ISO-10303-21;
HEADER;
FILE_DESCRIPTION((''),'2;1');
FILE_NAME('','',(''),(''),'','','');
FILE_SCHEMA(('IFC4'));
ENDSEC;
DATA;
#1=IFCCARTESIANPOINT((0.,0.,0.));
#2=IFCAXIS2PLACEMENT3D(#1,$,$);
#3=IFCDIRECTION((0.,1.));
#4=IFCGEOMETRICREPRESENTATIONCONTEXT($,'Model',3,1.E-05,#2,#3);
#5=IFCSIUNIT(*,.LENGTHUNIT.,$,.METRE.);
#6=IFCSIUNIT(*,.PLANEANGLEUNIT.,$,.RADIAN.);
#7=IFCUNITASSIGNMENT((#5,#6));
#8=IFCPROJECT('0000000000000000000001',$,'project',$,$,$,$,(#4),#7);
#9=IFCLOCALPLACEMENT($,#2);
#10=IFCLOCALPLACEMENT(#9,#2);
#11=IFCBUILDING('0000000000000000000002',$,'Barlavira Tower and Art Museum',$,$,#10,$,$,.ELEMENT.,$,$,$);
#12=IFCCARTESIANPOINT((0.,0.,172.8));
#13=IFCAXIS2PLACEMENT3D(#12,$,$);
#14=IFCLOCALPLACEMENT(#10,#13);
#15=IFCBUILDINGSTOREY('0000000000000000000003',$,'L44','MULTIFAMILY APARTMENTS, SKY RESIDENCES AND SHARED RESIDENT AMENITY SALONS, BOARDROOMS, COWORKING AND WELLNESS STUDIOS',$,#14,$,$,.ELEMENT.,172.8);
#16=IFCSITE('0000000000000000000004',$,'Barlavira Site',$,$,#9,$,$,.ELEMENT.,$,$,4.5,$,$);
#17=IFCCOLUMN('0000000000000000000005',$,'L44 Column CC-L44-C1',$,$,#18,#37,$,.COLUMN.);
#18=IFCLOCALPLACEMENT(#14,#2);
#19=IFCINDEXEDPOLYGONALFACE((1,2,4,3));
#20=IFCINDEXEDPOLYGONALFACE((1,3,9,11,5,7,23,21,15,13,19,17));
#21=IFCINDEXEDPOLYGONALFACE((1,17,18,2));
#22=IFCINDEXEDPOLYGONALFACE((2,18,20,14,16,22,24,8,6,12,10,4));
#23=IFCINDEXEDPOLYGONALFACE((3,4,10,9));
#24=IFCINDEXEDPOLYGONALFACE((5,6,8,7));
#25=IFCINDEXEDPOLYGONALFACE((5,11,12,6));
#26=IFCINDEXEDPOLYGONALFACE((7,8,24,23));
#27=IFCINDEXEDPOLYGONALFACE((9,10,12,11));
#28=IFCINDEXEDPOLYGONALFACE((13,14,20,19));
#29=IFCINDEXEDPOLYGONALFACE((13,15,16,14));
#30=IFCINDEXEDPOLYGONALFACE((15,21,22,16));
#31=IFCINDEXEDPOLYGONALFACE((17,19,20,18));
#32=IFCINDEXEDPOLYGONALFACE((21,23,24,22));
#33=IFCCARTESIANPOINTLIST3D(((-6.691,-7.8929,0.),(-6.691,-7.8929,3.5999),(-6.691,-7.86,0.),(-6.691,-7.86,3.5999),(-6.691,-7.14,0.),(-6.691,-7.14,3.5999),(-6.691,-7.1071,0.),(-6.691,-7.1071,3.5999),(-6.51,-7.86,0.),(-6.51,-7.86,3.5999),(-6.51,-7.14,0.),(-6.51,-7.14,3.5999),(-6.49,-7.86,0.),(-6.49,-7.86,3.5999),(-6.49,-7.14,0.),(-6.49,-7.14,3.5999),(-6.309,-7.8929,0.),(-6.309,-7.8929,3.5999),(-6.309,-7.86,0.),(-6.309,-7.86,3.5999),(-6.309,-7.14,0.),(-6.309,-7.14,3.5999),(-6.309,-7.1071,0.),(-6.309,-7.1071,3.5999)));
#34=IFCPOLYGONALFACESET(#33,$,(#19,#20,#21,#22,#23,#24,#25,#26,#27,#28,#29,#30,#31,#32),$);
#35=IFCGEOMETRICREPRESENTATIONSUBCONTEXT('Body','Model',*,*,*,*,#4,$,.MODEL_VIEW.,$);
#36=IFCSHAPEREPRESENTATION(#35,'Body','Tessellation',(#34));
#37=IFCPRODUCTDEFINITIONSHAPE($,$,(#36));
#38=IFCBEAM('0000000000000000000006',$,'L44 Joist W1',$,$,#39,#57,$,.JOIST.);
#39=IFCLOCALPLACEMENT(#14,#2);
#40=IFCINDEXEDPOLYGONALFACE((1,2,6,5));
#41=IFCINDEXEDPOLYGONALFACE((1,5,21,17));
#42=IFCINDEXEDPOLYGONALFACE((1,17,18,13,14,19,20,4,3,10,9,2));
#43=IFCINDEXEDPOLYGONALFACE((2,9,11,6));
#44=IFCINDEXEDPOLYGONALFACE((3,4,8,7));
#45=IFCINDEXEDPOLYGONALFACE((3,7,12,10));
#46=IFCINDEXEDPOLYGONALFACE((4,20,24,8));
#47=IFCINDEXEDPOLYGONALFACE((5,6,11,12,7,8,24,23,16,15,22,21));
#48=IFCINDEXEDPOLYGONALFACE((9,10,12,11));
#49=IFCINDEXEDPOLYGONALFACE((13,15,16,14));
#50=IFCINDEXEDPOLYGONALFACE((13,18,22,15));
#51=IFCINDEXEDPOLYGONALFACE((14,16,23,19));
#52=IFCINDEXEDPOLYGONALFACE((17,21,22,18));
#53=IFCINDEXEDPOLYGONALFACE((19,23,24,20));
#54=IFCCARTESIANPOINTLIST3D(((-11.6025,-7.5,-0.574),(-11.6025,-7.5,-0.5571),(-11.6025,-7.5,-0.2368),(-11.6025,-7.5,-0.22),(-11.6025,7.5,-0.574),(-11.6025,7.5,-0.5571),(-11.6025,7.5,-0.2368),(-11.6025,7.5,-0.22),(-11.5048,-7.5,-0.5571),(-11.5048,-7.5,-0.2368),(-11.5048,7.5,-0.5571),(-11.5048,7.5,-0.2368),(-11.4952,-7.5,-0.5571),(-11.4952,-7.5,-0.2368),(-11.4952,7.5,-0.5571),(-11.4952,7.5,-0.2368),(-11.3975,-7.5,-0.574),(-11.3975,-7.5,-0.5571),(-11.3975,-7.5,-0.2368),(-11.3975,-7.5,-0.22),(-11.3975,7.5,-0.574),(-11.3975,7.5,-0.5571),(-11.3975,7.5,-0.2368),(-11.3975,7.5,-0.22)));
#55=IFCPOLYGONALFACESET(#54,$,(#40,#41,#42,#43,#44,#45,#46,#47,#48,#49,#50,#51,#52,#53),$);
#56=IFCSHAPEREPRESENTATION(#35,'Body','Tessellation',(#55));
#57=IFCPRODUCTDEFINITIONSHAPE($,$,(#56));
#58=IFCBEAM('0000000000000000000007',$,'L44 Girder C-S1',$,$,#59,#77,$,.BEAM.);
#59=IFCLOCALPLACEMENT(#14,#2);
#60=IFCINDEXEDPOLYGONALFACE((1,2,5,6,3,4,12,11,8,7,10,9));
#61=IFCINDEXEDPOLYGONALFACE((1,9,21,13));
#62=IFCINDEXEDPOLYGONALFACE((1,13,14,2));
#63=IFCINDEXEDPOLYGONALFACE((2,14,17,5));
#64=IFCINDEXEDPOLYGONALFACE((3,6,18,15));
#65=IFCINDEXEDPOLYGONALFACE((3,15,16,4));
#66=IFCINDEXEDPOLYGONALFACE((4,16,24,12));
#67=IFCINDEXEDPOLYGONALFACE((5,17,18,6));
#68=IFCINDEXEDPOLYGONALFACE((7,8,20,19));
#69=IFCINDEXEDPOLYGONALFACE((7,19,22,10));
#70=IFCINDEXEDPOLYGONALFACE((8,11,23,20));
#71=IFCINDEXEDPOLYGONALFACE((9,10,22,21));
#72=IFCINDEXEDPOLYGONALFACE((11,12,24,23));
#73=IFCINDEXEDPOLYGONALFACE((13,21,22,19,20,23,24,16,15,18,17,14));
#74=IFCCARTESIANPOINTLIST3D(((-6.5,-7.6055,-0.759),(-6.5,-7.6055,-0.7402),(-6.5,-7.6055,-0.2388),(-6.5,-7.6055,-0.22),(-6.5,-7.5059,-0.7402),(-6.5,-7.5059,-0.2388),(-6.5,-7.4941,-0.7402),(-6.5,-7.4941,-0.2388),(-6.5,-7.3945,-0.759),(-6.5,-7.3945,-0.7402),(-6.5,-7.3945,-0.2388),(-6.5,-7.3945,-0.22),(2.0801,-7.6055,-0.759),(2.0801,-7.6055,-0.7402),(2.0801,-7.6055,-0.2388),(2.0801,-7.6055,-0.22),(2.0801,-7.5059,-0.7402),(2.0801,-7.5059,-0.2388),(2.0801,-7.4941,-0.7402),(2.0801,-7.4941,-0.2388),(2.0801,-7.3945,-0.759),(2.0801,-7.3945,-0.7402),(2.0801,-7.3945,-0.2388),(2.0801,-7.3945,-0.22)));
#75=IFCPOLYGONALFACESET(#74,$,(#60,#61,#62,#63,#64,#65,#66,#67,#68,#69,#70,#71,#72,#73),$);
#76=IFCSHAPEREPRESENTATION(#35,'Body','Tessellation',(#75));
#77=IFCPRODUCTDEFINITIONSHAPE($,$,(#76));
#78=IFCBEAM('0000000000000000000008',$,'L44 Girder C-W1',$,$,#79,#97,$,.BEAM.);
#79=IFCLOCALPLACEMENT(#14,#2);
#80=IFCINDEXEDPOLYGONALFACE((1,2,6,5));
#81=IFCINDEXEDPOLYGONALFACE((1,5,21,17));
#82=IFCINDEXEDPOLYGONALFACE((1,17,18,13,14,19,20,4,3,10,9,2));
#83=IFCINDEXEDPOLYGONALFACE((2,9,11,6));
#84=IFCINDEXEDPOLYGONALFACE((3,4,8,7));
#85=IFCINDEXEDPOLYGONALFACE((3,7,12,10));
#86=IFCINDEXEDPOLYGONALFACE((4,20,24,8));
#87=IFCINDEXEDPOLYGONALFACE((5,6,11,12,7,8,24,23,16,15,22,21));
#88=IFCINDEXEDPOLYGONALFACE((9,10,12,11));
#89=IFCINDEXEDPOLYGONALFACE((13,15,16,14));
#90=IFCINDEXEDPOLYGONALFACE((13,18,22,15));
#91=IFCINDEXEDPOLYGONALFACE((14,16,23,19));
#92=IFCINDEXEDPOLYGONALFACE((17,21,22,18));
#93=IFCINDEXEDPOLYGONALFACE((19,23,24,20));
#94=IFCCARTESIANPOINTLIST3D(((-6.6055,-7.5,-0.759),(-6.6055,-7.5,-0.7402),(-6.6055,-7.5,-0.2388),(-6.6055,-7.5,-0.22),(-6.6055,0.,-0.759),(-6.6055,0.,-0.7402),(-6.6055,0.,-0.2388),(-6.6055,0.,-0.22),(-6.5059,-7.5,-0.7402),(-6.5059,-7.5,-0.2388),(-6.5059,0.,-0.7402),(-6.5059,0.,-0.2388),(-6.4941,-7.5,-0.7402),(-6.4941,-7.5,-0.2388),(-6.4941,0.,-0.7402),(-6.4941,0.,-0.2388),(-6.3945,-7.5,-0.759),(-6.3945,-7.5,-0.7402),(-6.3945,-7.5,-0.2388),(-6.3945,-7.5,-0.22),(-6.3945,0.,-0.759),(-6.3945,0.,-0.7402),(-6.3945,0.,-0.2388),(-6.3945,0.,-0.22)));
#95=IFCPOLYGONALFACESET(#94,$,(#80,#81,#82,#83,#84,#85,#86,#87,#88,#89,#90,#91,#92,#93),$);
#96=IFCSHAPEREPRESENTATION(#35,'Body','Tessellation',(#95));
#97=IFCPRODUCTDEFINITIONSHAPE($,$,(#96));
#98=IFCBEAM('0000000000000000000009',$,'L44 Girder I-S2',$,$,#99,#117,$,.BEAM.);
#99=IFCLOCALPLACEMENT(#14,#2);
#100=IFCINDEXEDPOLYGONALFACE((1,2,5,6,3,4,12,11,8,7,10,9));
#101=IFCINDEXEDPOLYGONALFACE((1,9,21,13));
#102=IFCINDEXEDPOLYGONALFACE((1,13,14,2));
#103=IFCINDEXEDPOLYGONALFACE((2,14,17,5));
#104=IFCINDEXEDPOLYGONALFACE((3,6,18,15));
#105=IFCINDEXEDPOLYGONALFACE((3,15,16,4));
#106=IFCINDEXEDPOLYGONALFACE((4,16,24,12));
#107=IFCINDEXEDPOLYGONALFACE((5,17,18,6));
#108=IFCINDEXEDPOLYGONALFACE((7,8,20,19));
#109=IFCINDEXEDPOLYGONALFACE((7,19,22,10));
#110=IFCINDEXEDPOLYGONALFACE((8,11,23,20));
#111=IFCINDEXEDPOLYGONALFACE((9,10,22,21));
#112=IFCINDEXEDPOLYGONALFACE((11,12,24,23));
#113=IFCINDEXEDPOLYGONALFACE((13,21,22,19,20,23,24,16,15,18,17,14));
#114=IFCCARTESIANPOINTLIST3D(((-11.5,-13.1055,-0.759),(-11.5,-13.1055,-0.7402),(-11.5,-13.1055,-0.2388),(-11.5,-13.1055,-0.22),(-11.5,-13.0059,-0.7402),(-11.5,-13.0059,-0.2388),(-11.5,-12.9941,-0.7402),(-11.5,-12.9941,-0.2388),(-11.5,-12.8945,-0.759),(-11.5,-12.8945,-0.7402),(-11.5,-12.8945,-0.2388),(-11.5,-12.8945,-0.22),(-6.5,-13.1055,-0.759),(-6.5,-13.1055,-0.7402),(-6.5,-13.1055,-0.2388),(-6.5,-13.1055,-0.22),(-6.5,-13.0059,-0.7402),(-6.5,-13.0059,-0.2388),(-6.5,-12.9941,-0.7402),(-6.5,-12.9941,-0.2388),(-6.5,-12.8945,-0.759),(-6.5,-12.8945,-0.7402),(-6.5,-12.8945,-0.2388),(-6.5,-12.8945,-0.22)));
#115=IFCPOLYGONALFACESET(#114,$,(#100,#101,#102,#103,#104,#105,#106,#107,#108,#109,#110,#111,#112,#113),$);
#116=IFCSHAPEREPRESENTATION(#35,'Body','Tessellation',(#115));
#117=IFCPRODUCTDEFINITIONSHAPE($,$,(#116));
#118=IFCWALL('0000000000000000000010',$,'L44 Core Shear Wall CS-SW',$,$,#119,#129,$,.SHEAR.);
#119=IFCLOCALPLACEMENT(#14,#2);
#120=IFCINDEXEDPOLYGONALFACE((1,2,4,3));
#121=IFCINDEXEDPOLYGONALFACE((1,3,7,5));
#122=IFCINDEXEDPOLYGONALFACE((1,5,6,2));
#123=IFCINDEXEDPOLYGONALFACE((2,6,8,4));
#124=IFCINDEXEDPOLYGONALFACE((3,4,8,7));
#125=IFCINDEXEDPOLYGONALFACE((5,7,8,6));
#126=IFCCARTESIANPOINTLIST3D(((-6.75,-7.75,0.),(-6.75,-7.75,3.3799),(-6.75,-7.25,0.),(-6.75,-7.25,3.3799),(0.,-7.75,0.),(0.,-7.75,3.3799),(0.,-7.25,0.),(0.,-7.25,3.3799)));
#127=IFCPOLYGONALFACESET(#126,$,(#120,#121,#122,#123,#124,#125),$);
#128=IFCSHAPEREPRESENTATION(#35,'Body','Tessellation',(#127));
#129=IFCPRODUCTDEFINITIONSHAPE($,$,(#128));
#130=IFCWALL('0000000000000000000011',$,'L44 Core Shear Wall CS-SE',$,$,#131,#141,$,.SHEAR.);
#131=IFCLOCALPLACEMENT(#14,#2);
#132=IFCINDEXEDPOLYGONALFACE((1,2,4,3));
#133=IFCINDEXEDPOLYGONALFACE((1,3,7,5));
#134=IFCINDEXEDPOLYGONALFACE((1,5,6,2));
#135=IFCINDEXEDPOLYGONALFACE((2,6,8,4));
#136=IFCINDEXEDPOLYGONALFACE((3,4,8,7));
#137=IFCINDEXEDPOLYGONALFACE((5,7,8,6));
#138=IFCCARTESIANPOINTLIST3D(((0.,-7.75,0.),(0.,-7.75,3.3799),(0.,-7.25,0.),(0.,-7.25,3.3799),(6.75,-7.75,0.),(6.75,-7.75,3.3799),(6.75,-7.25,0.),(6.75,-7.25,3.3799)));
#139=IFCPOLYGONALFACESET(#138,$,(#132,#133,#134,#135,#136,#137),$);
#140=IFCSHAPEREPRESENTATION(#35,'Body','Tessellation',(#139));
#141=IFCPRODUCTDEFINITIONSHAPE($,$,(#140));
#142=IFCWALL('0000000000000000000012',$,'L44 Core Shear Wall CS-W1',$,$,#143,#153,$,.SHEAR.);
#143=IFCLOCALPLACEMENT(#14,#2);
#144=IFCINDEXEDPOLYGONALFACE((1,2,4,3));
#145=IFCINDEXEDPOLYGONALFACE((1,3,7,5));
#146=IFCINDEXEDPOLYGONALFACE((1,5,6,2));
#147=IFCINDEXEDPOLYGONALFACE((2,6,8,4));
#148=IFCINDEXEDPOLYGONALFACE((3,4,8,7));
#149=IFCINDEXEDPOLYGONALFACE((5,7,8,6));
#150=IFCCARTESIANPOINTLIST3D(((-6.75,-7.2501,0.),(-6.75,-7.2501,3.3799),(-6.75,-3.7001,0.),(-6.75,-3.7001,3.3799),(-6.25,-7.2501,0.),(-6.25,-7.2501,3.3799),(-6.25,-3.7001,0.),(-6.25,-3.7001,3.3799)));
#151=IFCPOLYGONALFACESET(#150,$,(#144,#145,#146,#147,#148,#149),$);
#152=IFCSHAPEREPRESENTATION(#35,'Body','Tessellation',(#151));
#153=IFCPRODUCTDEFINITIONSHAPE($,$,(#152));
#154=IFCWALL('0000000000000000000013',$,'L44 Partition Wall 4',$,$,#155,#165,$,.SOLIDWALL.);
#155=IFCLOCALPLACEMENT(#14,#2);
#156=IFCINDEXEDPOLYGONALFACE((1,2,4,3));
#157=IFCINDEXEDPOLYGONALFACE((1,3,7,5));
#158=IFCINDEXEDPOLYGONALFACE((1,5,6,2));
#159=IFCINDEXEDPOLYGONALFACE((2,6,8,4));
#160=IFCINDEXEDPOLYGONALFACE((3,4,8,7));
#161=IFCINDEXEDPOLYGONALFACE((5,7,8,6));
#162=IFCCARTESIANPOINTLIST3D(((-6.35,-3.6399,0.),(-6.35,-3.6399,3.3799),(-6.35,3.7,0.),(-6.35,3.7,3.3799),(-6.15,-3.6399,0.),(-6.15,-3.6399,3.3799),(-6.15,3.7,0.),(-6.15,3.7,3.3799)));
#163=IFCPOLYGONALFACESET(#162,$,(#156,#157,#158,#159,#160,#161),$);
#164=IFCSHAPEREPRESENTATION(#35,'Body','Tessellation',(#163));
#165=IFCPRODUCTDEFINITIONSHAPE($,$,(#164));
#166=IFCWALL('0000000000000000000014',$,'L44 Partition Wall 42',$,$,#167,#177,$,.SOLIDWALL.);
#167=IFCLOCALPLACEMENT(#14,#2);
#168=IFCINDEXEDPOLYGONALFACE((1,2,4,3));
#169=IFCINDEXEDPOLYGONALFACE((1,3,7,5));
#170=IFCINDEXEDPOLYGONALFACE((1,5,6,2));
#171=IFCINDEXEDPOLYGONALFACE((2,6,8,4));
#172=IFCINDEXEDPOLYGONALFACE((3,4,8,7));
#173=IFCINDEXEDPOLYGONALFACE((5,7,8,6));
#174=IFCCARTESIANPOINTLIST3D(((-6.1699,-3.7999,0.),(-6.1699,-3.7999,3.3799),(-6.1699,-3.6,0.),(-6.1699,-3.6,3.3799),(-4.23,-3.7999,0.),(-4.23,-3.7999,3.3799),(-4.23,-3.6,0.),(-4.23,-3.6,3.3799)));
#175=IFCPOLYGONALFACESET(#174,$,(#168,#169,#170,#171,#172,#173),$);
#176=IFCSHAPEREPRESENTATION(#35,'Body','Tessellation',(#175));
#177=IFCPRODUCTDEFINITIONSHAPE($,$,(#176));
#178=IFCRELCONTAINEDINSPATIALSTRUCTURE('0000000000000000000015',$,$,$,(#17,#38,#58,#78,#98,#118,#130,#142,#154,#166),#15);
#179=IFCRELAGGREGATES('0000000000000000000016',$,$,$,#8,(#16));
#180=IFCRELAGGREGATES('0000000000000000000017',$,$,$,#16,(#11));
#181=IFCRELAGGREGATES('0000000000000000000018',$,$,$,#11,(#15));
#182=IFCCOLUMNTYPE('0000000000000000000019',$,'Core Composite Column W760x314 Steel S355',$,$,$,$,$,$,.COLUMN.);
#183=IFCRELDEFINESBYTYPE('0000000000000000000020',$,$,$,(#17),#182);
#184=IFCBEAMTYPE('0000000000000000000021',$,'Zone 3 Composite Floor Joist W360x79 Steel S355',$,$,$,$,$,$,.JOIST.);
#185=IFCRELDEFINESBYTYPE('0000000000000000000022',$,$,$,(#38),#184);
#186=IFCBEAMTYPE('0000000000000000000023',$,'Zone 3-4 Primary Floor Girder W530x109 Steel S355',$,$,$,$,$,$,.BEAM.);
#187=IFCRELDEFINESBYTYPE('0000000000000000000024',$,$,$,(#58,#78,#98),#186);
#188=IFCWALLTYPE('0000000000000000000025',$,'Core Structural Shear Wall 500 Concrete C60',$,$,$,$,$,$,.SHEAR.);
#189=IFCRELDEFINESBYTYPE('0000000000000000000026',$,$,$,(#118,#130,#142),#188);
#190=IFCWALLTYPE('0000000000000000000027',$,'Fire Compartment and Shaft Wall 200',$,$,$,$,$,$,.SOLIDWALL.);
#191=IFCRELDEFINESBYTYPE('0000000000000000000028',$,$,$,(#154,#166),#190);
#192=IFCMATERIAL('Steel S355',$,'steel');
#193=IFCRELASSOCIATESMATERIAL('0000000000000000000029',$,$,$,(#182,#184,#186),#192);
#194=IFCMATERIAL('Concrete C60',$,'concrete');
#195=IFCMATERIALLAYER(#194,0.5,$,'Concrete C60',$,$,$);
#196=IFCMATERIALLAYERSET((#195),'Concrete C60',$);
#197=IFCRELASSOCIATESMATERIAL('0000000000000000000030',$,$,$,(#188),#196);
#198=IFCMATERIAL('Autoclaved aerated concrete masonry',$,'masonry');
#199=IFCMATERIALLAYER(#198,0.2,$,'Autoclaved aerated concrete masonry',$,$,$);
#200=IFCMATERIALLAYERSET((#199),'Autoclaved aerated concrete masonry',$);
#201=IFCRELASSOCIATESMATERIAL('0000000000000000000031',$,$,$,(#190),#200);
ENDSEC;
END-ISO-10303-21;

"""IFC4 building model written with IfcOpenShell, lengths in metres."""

from ifc_helpers import new_model, si_unit, direction, frame, frame_2d, origin, origin_2d, place, context, subcontext, project, spatial, rectangle, i_section, extrude, material, layer, layer_set, material_profile, profile_set, type_object, element, save


model = new_model("IFC4")

# Units and contexts
model_context = context("Model", 3, precision=1e-05, world=origin(), true_north=direction((0.0, 1.0)))
body_context = subcontext(model_context, "Body", "Model", "MODEL_VIEW")
ifc_project = project(units=[si_unit("LENGTHUNIT", "METRE"), si_unit("PLANEANGLEUNIT", "RADIAN")], contexts=[model_context])

# Site, building, storey
site_placement = place(None, origin())
site = spatial("IfcSite", under=ifc_project, at=site_placement, Name="Barlavira Site", CompositionType="ELEMENT", RefElevation=4.5)
building_placement = place(site_placement, origin())
building = spatial("IfcBuilding", under=site, at=building_placement, Name="Barlavira Tower and Art Museum", CompositionType="ELEMENT")
storey_placement = place(building_placement, frame((0.0, 0.0, 172.8)))
storey = spatial("IfcBuildingStorey", under=building, at=storey_placement, Name="L44", Description="MULTIFAMILY APARTMENTS, SKY RESIDENCES AND SHARED RESIDENT AMENITY SALONS, BOARDROOMS, COWORKING AND WELLNESS STUDIOS", CompositionType="ELEMENT", Elevation=172.8)

# Column
ifc_material_1 = material(Name="Steel S355", Category="steel")
ifc_material_profile_1 = material_profile(ifc_material_1, i_section(OverallWidth=0.3821, OverallDepth=0.7859, WebThickness=0.02, FlangeThickness=0.033, at=origin_2d()), Name="W760x314.0")
ifc_profile_set_1 = profile_set([ifc_material_profile_1], Name="Steel S355")
column_type = type_object("IfcColumnType", Name="Core Composite Column W760x314 Steel S355", PredefinedType="COLUMN", material=ifc_profile_set_1)
column_placement = place(storey_placement, frame((-6.5, -7.5, 0.0), z_axis=(0.0, 0.0, 1.0), x_axis=(1.0, 0.0, 0.0)))
element("IfcColumn", 1, at=column_placement, inside=storey, type_object=column_type, Name="L44 Column CC-L44-C1", PredefinedType="COLUMN", context=body_context, shape_type="SweptSolid", body=[
    extrude(i_section(OverallWidth=0.3821, OverallDepth=0.7859, WebThickness=0.02, FlangeThickness=0.033, at=origin_2d()), origin(), (0.0, 0.0, 1.0), 3.5999),
])

# Beams
ifc_material_profile_2 = material_profile(ifc_material_1, i_section(OverallWidth=0.2051, OverallDepth=0.354, WebThickness=0.0095, FlangeThickness=0.0168, at=origin_2d()), Name="W360x79.0")
ifc_profile_set_2 = profile_set([ifc_material_profile_2], Name="Steel S355")
beam_type_1 = type_object("IfcBeamType", Name="Zone 3 Composite Floor Joist W360x79 Steel S355", PredefinedType="JOIST", material=ifc_profile_set_2)
beam_1_placement = place(storey_placement, frame((-11.5, -7.5, -0.397), z_axis=(0.0, 1.0, 0.0), x_axis=(-1.0, 0.0, 0.0)))
element("IfcBeam", 2, at=beam_1_placement, inside=storey, type_object=beam_type_1, Name="L44 Joist W1", PredefinedType="JOIST", context=body_context, shape_type="SweptSolid", body=[
    extrude(i_section(OverallWidth=0.2051, OverallDepth=0.354, WebThickness=0.0095, FlangeThickness=0.0168, at=origin_2d()), origin(), (0.0, 0.0, 1.0), 15.0),
])
ifc_material_profile_3 = material_profile(ifc_material_1, i_section(OverallWidth=0.2109, OverallDepth=0.5391, WebThickness=0.0117, FlangeThickness=0.0188, at=origin_2d()), Name="W530x109.0")
ifc_profile_set_3 = profile_set([ifc_material_profile_3], Name="Steel S355")
beam_type_2 = type_object("IfcBeamType", Name="Zone 3-4 Primary Floor Girder W530x109 Steel S355", PredefinedType="BEAM", material=ifc_profile_set_3)
beam_2_placement = place(storey_placement, frame((-6.5, -7.5, -0.4895), z_axis=(1.0, 0.0, 0.0), x_axis=(0.0, 1.0, 0.0)))
element("IfcBeam", 3, at=beam_2_placement, inside=storey, type_object=beam_type_2, Name="L44 Girder C-S1", PredefinedType="BEAM", context=body_context, shape_type="SweptSolid", body=[
    extrude(i_section(OverallWidth=0.2109, OverallDepth=0.5391, WebThickness=0.0117, FlangeThickness=0.0188, at=origin_2d()), origin(), (0.0, 0.0, 1.0), 8.5801),
])
beam_3_placement = place(storey_placement, frame((-6.5, -7.5, -0.4895), z_axis=(0.0, 1.0, 0.0), x_axis=(-1.0, 0.0, 0.0)))
element("IfcBeam", 4, at=beam_3_placement, inside=storey, type_object=beam_type_2, Name="L44 Girder C-W1", PredefinedType="BEAM", context=body_context, shape_type="SweptSolid", body=[
    extrude(i_section(OverallWidth=0.2109, OverallDepth=0.5391, WebThickness=0.0117, FlangeThickness=0.0188, at=origin_2d()), origin(), (0.0, 0.0, 1.0), 7.5),
])
beam_4_placement = place(storey_placement, frame((-11.5, -13.0, -0.4895), z_axis=(1.0, 0.0, 0.0), x_axis=(0.0, 1.0, 0.0)))
element("IfcBeam", 5, at=beam_4_placement, inside=storey, type_object=beam_type_2, Name="L44 Girder I-S2", PredefinedType="BEAM", context=body_context, shape_type="SweptSolid", body=[
    extrude(i_section(OverallWidth=0.2109, OverallDepth=0.5391, WebThickness=0.0117, FlangeThickness=0.0188, at=origin_2d()), origin(), (0.0, 0.0, 1.0), 5.0),
])

# Walls
ifc_material_2 = material(Name="Concrete C60", Category="concrete")
ifc_layer_1 = layer(ifc_material_2, 0.5, Name="Concrete C60")
ifc_layer_set_1 = layer_set([ifc_layer_1], Name="Concrete C60")
wall_type_1 = type_object("IfcWallType", Name="Core Structural Shear Wall 500 Concrete C60", PredefinedType="SHEAR", material=ifc_layer_set_1)
for number, where, z_axis, x_axis, name in (
    (6, (-6.75, -7.5, 0.0), (0.0, 0.0, 1.0), (1.0, 0.0, 0.0), "L44 Core Shear Wall CS-SW"),
    (7, (0.0, -7.5, 0.0), (0.0, 0.0, 1.0), (1.0, 0.0, 0.0), "L44 Core Shear Wall CS-SE"),
):
    element("IfcWall", number, at=place(storey_placement, frame(where, z_axis=z_axis, x_axis=x_axis)), inside=storey, type_object=wall_type_1, Name=name, PredefinedType="SHEAR", context=body_context, shape_type="SweptSolid", body=[
        extrude(rectangle(XDim=6.75, YDim=0.5, at=frame_2d((3.375, 0.0))), origin(), (0.0, 0.0, 1.0), 3.3799),
    ])
wall_1_placement = place(storey_placement, frame((-6.5, -7.25, 0.0), z_axis=(0.0, 0.0, 1.0), x_axis=(0.0, 1.0, 0.0)))
element("IfcWall", 8, at=wall_1_placement, inside=storey, type_object=wall_type_1, Name="L44 Core Shear Wall CS-W1", PredefinedType="SHEAR", context=body_context, shape_type="SweptSolid", body=[
    extrude(rectangle(XDim=3.55, YDim=0.5, at=frame_2d((1.7749, 0.0))), origin(), (0.0, 0.0, 1.0), 3.3799),
])
ifc_material_3 = material(Name="Autoclaved aerated concrete masonry", Category="masonry")
ifc_layer_2 = layer(ifc_material_3, 0.2, Name="Autoclaved aerated concrete masonry")
ifc_layer_set_2 = layer_set([ifc_layer_2], Name="Autoclaved aerated concrete masonry")
wall_type_2 = type_object("IfcWallType", Name="Fire Compartment and Shaft Wall 200", PredefinedType="SOLIDWALL", material=ifc_layer_set_2)
wall_2_placement = place(storey_placement, frame((-6.25, -3.6399, 0.0), z_axis=(0.0, 0.0, 1.0), x_axis=(0.0, 1.0, 0.0)))
element("IfcWall", 9, at=wall_2_placement, inside=storey, type_object=wall_type_2, Name="L44 Partition Wall 4", PredefinedType="SOLIDWALL", context=body_context, shape_type="SweptSolid", body=[
    extrude(rectangle(XDim=7.3398, YDim=0.2, at=frame_2d((3.6699, 0.0))), origin(), (0.0, 0.0, 1.0), 3.3799),
])

# Wall
wall_3_placement = place(storey_placement, frame((-6.1699, -3.7, 0.0), z_axis=(0.0, 0.0, 1.0), x_axis=(1.0, 0.0, 0.0)))
element("IfcWall", 10, at=wall_3_placement, inside=storey, type_object=wall_type_2, Name="L44 Partition Wall 42", PredefinedType="SOLIDWALL", context=body_context, shape_type="SweptSolid", body=[
    extrude(rectangle(XDim=1.9399, YDim=0.2, at=frame_2d((0.97, 0.0))), origin(), (0.0, 0.0, 1.0), 3.3799),
])

save(model, "model.ifc")
